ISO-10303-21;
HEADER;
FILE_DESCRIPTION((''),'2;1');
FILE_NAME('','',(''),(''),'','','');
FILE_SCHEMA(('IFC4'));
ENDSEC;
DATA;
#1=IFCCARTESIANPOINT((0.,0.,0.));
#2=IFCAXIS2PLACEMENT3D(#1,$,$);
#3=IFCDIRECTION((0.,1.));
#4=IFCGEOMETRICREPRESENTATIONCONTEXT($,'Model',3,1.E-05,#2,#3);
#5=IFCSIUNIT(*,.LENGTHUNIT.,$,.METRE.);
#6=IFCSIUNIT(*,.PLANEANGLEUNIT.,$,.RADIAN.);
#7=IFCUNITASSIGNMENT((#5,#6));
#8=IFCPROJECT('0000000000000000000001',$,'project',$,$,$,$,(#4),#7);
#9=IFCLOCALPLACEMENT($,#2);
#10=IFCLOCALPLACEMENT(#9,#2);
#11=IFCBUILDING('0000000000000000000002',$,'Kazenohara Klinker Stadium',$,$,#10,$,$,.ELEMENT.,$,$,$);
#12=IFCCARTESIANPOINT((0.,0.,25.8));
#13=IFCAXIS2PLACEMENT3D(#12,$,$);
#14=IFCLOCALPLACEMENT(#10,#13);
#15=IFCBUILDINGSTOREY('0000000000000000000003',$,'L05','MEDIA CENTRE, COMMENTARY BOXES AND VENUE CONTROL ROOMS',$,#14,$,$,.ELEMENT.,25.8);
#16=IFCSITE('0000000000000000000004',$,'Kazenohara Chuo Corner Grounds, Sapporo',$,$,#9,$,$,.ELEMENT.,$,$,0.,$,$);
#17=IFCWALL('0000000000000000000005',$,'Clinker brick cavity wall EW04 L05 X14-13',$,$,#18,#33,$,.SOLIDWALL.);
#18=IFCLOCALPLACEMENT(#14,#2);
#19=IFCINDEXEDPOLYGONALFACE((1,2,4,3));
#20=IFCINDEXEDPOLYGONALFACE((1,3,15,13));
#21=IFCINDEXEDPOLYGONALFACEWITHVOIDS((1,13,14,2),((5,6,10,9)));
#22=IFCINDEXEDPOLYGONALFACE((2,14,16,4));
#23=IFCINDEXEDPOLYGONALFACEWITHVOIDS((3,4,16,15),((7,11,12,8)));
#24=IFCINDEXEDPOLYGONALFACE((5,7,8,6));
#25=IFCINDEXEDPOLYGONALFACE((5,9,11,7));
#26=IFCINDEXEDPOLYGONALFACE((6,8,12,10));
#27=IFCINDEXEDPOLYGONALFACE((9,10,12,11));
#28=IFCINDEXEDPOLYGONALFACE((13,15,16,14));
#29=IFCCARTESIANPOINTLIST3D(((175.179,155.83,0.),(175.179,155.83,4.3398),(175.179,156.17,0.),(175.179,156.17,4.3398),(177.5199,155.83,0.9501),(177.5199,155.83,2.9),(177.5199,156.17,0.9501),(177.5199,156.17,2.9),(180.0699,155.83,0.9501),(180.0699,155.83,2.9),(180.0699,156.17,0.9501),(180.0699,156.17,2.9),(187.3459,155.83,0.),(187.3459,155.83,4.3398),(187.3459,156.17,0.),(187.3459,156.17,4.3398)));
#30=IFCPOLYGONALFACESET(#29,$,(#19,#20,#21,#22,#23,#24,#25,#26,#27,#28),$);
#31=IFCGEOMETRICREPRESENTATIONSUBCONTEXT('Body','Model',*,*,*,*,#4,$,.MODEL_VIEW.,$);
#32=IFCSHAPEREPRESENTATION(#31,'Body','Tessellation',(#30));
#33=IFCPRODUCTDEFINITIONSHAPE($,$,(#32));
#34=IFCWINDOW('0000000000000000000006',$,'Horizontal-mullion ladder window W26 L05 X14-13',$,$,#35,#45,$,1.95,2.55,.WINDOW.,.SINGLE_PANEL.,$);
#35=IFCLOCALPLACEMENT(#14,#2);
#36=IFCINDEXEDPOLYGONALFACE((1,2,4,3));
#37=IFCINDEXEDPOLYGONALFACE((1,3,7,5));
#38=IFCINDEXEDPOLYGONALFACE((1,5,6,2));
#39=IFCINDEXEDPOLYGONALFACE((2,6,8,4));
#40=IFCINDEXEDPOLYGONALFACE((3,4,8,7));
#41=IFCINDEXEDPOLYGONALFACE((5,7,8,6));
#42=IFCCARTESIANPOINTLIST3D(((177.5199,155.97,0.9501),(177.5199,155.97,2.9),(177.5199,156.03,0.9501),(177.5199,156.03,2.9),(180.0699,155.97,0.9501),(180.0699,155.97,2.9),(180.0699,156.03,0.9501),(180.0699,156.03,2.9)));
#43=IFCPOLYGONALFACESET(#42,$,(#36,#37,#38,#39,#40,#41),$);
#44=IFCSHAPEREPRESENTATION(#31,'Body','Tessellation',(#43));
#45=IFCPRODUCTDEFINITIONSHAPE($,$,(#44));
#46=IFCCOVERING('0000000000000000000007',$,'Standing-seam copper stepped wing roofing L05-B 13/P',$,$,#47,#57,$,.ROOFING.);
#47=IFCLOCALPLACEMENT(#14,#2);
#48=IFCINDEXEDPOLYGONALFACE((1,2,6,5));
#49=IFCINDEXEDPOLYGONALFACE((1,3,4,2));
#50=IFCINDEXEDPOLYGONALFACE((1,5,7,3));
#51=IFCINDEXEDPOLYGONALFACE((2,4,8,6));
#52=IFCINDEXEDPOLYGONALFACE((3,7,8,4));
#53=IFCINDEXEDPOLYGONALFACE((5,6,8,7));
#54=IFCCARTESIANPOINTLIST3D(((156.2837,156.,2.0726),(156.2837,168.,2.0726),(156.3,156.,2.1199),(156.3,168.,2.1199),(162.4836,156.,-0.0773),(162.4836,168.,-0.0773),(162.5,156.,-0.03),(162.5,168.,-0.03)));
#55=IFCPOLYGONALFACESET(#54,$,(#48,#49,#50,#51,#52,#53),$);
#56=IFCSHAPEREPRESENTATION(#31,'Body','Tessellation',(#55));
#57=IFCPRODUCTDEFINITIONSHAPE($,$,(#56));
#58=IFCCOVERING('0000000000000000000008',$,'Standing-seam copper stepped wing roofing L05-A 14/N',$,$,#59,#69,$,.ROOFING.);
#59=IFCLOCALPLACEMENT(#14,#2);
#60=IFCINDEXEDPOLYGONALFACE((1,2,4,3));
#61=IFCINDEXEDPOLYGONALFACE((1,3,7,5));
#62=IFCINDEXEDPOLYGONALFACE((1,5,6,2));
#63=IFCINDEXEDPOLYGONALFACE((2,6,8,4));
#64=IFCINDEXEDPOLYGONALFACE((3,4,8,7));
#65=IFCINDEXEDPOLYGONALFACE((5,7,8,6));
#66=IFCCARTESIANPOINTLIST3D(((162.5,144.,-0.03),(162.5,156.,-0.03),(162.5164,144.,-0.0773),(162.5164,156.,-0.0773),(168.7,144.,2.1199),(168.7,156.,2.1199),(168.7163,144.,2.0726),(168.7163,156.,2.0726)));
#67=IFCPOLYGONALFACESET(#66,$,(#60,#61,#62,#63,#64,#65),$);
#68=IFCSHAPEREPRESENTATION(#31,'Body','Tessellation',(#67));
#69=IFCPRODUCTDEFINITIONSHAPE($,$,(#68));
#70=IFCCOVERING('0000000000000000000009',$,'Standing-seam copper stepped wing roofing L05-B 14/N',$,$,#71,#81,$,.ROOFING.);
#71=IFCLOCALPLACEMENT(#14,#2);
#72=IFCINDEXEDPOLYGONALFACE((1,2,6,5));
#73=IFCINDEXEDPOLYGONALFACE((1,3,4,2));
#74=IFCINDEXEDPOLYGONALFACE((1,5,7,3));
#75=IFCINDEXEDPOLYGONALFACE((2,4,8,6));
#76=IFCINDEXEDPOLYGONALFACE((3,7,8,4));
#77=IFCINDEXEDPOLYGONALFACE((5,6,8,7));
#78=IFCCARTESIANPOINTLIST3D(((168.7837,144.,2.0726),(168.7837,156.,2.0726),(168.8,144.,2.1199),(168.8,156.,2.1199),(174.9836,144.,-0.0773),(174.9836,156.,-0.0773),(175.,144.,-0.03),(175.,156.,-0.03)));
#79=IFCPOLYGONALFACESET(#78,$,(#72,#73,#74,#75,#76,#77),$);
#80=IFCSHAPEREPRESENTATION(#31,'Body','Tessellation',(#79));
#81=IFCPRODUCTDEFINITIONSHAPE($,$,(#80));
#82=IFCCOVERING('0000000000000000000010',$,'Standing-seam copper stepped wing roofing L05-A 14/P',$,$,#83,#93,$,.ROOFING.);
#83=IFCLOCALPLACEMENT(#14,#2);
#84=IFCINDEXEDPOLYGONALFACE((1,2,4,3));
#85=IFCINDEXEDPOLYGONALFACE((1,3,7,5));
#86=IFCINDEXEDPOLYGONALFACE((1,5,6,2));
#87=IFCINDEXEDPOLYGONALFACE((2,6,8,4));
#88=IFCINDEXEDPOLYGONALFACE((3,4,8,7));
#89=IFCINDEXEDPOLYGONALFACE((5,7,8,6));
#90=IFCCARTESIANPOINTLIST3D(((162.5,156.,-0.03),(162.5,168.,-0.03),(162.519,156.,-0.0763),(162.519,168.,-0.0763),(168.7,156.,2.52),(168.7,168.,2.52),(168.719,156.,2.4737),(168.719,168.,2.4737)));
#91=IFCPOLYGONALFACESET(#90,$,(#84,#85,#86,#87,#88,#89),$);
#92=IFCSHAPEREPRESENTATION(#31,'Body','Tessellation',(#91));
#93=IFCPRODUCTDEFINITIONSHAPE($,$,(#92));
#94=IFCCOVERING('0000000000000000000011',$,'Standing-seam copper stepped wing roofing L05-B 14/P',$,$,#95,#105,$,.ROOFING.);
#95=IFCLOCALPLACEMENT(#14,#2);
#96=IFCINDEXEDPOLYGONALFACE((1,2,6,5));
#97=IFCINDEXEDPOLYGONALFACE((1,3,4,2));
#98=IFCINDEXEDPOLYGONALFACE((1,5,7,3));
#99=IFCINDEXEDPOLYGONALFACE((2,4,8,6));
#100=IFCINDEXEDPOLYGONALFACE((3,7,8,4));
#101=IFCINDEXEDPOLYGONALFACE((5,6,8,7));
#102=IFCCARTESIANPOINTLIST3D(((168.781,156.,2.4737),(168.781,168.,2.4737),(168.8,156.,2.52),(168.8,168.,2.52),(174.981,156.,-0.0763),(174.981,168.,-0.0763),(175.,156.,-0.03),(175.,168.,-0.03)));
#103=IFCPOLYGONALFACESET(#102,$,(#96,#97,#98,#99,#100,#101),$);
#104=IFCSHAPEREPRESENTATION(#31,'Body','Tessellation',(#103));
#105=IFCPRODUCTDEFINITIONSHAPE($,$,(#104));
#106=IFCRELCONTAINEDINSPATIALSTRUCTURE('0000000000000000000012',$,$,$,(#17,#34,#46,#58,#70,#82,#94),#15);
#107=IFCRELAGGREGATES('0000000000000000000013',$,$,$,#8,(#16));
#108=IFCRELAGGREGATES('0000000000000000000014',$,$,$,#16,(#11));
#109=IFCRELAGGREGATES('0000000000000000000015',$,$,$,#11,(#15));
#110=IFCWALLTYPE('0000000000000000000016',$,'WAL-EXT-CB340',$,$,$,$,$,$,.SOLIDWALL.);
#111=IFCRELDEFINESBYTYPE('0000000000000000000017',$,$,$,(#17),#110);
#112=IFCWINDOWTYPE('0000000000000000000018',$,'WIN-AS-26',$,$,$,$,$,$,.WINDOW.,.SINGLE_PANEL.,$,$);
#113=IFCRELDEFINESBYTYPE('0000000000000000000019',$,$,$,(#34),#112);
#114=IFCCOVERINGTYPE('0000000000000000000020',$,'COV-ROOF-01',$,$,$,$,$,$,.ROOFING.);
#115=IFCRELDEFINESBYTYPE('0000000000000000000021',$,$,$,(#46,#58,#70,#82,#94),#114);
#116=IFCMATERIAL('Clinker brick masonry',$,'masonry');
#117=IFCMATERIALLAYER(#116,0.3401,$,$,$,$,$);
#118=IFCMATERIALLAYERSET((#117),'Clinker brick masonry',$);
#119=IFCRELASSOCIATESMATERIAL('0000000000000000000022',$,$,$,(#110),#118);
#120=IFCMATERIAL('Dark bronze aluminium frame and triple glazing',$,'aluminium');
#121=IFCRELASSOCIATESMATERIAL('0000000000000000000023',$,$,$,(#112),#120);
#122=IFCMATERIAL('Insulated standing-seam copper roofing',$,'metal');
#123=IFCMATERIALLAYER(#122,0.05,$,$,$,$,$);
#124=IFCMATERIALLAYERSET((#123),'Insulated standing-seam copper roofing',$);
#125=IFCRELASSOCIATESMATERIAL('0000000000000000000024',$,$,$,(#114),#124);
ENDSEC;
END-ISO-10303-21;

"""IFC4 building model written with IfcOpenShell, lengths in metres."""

from ifc_helpers import new_model, si_unit, direction, frame, frame_2d, origin, place, context, subcontext, project, spatial, polyline, rectangle, outline, extrude, material, layer, layer_set, type_object, element, fill, save


model = new_model("IFC4")

# Units and contexts
model_context = context("Model", 3, precision=1e-05, world=origin(), true_north=direction((0.0, 1.0)))
body_context = subcontext(model_context, "Body", "Model", "MODEL_VIEW")
ifc_project = project(units=[si_unit("LENGTHUNIT", "METRE"), si_unit("PLANEANGLEUNIT", "RADIAN")], contexts=[model_context])

# Site, building, storey
site_placement = place(None, origin())
site = spatial("IfcSite", under=ifc_project, at=site_placement, Name="Kazenohara Chuo Corner Grounds, Sapporo", CompositionType="ELEMENT", RefElevation=0.0)
building_placement = place(site_placement, origin())
building = spatial("IfcBuilding", under=site, at=building_placement, Name="Kazenohara Klinker Stadium", CompositionType="ELEMENT")
storey_placement = place(building_placement, frame((0.0, 0.0, 25.8)))
storey = spatial("IfcBuildingStorey", under=building, at=storey_placement, Name="L05", Description="MEDIA CENTRE, COMMENTARY BOXES AND VENUE CONTROL ROOMS", CompositionType="ELEMENT", Elevation=25.8)

# Wall, opening, window
ifc_material_1 = material(Name="Clinker brick masonry", Category="masonry")
ifc_material_2 = material(Name="Dark bronze aluminium frame and triple glazing", Category="aluminium")
ifc_layer_1 = layer(ifc_material_1, 0.3401)
ifc_layer_set_1 = layer_set([ifc_layer_1], Name="Clinker brick masonry")
wall_type_1 = type_object("IfcWallType", Name="WAL-EXT-CB340", PredefinedType="SOLIDWALL", material=ifc_layer_set_1)
wall_1_placement = place(storey_placement, frame((175.179, 156.0, 0.0), z_axis=(0.0, 0.0, 1.0), x_axis=(1.0, 0.0, 0.0)))
wall_1 = element("IfcWall", 1, at=wall_1_placement, inside=storey, type_object=wall_type_1, Name="Clinker brick cavity wall EW04 L05 X14-13", PredefinedType="SOLIDWALL", context=body_context, shape_type="SweptSolid", body=[
    extrude(rectangle(XDim=12.167, YDim=0.3401, at=frame_2d((6.0835, 0.0))), origin(), (0.0, 0.0, 1.0), 4.3398),
])
opening_1_placement = place(wall_1_placement, frame((2.3411, 0.0, 0.95)))
opening_1 = element("IfcOpeningElement", 2, at=opening_1_placement, cuts=wall_1, PredefinedType="OPENING", context=body_context, shape_type="SweptSolid", body=[
    extrude(rectangle(XDim=2.55, YDim=1.95, at=frame_2d((1.2749, 0.9751))), frame((0.0, 0.1802, 0.0), z_axis=(0.0, -1.0, 0.0), x_axis=(1.0, 0.0, 0.0)), (0.0, 0.0, 1.0), 0.3601),
])
window_type_1 = type_object("IfcWindowType", Name="WIN-AS-26", PartitioningType="SINGLE_PANEL", PredefinedType="WINDOW", material=ifc_material_2)
window_1_placement = place(opening_1_placement, origin())
window_1 = element("IfcWindow", 3, at=window_1_placement, inside=storey, type_object=window_type_1, Name="Horizontal-mullion ladder window W26 L05 X14-13", OverallHeight=1.95, OverallWidth=2.55, PartitioningType="SINGLE_PANEL", PredefinedType="WINDOW", context=body_context, shape_type="SweptSolid", body=[
    extrude(rectangle(XDim=2.55, YDim=1.95, at=frame_2d((1.2749, 0.9751))), frame((0.0, 0.03, 0.0), z_axis=(0.0, -1.0, 0.0), x_axis=(1.0, 0.0, 0.0)), (0.0, 0.0, 1.0), 0.0601),
])
fill(opening_1, window_1)

# Coverings
ifc_material_3 = material(Name="Insulated standing-seam copper roofing", Category="metal")
ifc_layer_2 = layer(ifc_material_3, 0.05)
ifc_layer_set_2 = layer_set([ifc_layer_2], Name="Insulated standing-seam copper roofing")
covering_type = type_object("IfcCoveringType", Name="COV-ROOF-01", PredefinedType="ROOFING", material=ifc_layer_set_2)
for number, where, z_axis, x_axis, name in (
    (4, (156.3, 156.0, 2.1199), (0.327623, 0.0, 0.944809), (0.944809, 0.0, -0.327623), "Standing-seam copper stepped wing roofing L05-B 13/P"),
    (5, (162.5, 144.0, -0.03), (-0.327623, 0.0, 0.944809), (0.944809, 0.0, 0.327623), "Standing-seam copper stepped wing roofing L05-A 14/N"),
    (6, (168.8, 144.0, 2.1199), (0.327623, 0.0, 0.944809), (0.944809, 0.0, -0.327623), "Standing-seam copper stepped wing roofing L05-B 14/N"),
):
    element("IfcCovering", number, at=place(storey_placement, frame(where, z_axis=z_axis, x_axis=x_axis)), inside=storey, type_object=covering_type, Name=name, PredefinedType="ROOFING", context=body_context, shape_type="SweptSolid", body=[
        extrude(outline(polyline([(0.0, 0.0), (6.5621, 0.0), (6.5621, 12.0), (0.0, 12.0), (0.0, 0.0)])), origin(), (0.0, 0.0, -1.0), 0.05),
    ])
for number, where, z_axis, x_axis, name in (
    (7, (162.5, 156.0, -0.03), (-0.380383, 0.0, 0.924829), (0.924829, 0.0, 0.380383), "Standing-seam copper stepped wing roofing L05-A 14/P"),
    (8, (168.8, 156.0, 2.52), (0.380383, 0.0, 0.924829), (0.924829, 0.0, -0.380383), "Standing-seam copper stepped wing roofing L05-B 14/P"),
):
    element("IfcCovering", number, at=place(storey_placement, frame(where, z_axis=z_axis, x_axis=x_axis)), inside=storey, type_object=covering_type, Name=name, PredefinedType="ROOFING", context=body_context, shape_type="SweptSolid", body=[
        extrude(outline(polyline([(0.0, 0.0), (6.7039, 0.0), (6.7039, 12.0), (0.0, 12.0), (0.0, 0.0)])), origin(), (0.0, 0.0, -1.0), 0.05),
    ])

save(model, "model.ifc")
